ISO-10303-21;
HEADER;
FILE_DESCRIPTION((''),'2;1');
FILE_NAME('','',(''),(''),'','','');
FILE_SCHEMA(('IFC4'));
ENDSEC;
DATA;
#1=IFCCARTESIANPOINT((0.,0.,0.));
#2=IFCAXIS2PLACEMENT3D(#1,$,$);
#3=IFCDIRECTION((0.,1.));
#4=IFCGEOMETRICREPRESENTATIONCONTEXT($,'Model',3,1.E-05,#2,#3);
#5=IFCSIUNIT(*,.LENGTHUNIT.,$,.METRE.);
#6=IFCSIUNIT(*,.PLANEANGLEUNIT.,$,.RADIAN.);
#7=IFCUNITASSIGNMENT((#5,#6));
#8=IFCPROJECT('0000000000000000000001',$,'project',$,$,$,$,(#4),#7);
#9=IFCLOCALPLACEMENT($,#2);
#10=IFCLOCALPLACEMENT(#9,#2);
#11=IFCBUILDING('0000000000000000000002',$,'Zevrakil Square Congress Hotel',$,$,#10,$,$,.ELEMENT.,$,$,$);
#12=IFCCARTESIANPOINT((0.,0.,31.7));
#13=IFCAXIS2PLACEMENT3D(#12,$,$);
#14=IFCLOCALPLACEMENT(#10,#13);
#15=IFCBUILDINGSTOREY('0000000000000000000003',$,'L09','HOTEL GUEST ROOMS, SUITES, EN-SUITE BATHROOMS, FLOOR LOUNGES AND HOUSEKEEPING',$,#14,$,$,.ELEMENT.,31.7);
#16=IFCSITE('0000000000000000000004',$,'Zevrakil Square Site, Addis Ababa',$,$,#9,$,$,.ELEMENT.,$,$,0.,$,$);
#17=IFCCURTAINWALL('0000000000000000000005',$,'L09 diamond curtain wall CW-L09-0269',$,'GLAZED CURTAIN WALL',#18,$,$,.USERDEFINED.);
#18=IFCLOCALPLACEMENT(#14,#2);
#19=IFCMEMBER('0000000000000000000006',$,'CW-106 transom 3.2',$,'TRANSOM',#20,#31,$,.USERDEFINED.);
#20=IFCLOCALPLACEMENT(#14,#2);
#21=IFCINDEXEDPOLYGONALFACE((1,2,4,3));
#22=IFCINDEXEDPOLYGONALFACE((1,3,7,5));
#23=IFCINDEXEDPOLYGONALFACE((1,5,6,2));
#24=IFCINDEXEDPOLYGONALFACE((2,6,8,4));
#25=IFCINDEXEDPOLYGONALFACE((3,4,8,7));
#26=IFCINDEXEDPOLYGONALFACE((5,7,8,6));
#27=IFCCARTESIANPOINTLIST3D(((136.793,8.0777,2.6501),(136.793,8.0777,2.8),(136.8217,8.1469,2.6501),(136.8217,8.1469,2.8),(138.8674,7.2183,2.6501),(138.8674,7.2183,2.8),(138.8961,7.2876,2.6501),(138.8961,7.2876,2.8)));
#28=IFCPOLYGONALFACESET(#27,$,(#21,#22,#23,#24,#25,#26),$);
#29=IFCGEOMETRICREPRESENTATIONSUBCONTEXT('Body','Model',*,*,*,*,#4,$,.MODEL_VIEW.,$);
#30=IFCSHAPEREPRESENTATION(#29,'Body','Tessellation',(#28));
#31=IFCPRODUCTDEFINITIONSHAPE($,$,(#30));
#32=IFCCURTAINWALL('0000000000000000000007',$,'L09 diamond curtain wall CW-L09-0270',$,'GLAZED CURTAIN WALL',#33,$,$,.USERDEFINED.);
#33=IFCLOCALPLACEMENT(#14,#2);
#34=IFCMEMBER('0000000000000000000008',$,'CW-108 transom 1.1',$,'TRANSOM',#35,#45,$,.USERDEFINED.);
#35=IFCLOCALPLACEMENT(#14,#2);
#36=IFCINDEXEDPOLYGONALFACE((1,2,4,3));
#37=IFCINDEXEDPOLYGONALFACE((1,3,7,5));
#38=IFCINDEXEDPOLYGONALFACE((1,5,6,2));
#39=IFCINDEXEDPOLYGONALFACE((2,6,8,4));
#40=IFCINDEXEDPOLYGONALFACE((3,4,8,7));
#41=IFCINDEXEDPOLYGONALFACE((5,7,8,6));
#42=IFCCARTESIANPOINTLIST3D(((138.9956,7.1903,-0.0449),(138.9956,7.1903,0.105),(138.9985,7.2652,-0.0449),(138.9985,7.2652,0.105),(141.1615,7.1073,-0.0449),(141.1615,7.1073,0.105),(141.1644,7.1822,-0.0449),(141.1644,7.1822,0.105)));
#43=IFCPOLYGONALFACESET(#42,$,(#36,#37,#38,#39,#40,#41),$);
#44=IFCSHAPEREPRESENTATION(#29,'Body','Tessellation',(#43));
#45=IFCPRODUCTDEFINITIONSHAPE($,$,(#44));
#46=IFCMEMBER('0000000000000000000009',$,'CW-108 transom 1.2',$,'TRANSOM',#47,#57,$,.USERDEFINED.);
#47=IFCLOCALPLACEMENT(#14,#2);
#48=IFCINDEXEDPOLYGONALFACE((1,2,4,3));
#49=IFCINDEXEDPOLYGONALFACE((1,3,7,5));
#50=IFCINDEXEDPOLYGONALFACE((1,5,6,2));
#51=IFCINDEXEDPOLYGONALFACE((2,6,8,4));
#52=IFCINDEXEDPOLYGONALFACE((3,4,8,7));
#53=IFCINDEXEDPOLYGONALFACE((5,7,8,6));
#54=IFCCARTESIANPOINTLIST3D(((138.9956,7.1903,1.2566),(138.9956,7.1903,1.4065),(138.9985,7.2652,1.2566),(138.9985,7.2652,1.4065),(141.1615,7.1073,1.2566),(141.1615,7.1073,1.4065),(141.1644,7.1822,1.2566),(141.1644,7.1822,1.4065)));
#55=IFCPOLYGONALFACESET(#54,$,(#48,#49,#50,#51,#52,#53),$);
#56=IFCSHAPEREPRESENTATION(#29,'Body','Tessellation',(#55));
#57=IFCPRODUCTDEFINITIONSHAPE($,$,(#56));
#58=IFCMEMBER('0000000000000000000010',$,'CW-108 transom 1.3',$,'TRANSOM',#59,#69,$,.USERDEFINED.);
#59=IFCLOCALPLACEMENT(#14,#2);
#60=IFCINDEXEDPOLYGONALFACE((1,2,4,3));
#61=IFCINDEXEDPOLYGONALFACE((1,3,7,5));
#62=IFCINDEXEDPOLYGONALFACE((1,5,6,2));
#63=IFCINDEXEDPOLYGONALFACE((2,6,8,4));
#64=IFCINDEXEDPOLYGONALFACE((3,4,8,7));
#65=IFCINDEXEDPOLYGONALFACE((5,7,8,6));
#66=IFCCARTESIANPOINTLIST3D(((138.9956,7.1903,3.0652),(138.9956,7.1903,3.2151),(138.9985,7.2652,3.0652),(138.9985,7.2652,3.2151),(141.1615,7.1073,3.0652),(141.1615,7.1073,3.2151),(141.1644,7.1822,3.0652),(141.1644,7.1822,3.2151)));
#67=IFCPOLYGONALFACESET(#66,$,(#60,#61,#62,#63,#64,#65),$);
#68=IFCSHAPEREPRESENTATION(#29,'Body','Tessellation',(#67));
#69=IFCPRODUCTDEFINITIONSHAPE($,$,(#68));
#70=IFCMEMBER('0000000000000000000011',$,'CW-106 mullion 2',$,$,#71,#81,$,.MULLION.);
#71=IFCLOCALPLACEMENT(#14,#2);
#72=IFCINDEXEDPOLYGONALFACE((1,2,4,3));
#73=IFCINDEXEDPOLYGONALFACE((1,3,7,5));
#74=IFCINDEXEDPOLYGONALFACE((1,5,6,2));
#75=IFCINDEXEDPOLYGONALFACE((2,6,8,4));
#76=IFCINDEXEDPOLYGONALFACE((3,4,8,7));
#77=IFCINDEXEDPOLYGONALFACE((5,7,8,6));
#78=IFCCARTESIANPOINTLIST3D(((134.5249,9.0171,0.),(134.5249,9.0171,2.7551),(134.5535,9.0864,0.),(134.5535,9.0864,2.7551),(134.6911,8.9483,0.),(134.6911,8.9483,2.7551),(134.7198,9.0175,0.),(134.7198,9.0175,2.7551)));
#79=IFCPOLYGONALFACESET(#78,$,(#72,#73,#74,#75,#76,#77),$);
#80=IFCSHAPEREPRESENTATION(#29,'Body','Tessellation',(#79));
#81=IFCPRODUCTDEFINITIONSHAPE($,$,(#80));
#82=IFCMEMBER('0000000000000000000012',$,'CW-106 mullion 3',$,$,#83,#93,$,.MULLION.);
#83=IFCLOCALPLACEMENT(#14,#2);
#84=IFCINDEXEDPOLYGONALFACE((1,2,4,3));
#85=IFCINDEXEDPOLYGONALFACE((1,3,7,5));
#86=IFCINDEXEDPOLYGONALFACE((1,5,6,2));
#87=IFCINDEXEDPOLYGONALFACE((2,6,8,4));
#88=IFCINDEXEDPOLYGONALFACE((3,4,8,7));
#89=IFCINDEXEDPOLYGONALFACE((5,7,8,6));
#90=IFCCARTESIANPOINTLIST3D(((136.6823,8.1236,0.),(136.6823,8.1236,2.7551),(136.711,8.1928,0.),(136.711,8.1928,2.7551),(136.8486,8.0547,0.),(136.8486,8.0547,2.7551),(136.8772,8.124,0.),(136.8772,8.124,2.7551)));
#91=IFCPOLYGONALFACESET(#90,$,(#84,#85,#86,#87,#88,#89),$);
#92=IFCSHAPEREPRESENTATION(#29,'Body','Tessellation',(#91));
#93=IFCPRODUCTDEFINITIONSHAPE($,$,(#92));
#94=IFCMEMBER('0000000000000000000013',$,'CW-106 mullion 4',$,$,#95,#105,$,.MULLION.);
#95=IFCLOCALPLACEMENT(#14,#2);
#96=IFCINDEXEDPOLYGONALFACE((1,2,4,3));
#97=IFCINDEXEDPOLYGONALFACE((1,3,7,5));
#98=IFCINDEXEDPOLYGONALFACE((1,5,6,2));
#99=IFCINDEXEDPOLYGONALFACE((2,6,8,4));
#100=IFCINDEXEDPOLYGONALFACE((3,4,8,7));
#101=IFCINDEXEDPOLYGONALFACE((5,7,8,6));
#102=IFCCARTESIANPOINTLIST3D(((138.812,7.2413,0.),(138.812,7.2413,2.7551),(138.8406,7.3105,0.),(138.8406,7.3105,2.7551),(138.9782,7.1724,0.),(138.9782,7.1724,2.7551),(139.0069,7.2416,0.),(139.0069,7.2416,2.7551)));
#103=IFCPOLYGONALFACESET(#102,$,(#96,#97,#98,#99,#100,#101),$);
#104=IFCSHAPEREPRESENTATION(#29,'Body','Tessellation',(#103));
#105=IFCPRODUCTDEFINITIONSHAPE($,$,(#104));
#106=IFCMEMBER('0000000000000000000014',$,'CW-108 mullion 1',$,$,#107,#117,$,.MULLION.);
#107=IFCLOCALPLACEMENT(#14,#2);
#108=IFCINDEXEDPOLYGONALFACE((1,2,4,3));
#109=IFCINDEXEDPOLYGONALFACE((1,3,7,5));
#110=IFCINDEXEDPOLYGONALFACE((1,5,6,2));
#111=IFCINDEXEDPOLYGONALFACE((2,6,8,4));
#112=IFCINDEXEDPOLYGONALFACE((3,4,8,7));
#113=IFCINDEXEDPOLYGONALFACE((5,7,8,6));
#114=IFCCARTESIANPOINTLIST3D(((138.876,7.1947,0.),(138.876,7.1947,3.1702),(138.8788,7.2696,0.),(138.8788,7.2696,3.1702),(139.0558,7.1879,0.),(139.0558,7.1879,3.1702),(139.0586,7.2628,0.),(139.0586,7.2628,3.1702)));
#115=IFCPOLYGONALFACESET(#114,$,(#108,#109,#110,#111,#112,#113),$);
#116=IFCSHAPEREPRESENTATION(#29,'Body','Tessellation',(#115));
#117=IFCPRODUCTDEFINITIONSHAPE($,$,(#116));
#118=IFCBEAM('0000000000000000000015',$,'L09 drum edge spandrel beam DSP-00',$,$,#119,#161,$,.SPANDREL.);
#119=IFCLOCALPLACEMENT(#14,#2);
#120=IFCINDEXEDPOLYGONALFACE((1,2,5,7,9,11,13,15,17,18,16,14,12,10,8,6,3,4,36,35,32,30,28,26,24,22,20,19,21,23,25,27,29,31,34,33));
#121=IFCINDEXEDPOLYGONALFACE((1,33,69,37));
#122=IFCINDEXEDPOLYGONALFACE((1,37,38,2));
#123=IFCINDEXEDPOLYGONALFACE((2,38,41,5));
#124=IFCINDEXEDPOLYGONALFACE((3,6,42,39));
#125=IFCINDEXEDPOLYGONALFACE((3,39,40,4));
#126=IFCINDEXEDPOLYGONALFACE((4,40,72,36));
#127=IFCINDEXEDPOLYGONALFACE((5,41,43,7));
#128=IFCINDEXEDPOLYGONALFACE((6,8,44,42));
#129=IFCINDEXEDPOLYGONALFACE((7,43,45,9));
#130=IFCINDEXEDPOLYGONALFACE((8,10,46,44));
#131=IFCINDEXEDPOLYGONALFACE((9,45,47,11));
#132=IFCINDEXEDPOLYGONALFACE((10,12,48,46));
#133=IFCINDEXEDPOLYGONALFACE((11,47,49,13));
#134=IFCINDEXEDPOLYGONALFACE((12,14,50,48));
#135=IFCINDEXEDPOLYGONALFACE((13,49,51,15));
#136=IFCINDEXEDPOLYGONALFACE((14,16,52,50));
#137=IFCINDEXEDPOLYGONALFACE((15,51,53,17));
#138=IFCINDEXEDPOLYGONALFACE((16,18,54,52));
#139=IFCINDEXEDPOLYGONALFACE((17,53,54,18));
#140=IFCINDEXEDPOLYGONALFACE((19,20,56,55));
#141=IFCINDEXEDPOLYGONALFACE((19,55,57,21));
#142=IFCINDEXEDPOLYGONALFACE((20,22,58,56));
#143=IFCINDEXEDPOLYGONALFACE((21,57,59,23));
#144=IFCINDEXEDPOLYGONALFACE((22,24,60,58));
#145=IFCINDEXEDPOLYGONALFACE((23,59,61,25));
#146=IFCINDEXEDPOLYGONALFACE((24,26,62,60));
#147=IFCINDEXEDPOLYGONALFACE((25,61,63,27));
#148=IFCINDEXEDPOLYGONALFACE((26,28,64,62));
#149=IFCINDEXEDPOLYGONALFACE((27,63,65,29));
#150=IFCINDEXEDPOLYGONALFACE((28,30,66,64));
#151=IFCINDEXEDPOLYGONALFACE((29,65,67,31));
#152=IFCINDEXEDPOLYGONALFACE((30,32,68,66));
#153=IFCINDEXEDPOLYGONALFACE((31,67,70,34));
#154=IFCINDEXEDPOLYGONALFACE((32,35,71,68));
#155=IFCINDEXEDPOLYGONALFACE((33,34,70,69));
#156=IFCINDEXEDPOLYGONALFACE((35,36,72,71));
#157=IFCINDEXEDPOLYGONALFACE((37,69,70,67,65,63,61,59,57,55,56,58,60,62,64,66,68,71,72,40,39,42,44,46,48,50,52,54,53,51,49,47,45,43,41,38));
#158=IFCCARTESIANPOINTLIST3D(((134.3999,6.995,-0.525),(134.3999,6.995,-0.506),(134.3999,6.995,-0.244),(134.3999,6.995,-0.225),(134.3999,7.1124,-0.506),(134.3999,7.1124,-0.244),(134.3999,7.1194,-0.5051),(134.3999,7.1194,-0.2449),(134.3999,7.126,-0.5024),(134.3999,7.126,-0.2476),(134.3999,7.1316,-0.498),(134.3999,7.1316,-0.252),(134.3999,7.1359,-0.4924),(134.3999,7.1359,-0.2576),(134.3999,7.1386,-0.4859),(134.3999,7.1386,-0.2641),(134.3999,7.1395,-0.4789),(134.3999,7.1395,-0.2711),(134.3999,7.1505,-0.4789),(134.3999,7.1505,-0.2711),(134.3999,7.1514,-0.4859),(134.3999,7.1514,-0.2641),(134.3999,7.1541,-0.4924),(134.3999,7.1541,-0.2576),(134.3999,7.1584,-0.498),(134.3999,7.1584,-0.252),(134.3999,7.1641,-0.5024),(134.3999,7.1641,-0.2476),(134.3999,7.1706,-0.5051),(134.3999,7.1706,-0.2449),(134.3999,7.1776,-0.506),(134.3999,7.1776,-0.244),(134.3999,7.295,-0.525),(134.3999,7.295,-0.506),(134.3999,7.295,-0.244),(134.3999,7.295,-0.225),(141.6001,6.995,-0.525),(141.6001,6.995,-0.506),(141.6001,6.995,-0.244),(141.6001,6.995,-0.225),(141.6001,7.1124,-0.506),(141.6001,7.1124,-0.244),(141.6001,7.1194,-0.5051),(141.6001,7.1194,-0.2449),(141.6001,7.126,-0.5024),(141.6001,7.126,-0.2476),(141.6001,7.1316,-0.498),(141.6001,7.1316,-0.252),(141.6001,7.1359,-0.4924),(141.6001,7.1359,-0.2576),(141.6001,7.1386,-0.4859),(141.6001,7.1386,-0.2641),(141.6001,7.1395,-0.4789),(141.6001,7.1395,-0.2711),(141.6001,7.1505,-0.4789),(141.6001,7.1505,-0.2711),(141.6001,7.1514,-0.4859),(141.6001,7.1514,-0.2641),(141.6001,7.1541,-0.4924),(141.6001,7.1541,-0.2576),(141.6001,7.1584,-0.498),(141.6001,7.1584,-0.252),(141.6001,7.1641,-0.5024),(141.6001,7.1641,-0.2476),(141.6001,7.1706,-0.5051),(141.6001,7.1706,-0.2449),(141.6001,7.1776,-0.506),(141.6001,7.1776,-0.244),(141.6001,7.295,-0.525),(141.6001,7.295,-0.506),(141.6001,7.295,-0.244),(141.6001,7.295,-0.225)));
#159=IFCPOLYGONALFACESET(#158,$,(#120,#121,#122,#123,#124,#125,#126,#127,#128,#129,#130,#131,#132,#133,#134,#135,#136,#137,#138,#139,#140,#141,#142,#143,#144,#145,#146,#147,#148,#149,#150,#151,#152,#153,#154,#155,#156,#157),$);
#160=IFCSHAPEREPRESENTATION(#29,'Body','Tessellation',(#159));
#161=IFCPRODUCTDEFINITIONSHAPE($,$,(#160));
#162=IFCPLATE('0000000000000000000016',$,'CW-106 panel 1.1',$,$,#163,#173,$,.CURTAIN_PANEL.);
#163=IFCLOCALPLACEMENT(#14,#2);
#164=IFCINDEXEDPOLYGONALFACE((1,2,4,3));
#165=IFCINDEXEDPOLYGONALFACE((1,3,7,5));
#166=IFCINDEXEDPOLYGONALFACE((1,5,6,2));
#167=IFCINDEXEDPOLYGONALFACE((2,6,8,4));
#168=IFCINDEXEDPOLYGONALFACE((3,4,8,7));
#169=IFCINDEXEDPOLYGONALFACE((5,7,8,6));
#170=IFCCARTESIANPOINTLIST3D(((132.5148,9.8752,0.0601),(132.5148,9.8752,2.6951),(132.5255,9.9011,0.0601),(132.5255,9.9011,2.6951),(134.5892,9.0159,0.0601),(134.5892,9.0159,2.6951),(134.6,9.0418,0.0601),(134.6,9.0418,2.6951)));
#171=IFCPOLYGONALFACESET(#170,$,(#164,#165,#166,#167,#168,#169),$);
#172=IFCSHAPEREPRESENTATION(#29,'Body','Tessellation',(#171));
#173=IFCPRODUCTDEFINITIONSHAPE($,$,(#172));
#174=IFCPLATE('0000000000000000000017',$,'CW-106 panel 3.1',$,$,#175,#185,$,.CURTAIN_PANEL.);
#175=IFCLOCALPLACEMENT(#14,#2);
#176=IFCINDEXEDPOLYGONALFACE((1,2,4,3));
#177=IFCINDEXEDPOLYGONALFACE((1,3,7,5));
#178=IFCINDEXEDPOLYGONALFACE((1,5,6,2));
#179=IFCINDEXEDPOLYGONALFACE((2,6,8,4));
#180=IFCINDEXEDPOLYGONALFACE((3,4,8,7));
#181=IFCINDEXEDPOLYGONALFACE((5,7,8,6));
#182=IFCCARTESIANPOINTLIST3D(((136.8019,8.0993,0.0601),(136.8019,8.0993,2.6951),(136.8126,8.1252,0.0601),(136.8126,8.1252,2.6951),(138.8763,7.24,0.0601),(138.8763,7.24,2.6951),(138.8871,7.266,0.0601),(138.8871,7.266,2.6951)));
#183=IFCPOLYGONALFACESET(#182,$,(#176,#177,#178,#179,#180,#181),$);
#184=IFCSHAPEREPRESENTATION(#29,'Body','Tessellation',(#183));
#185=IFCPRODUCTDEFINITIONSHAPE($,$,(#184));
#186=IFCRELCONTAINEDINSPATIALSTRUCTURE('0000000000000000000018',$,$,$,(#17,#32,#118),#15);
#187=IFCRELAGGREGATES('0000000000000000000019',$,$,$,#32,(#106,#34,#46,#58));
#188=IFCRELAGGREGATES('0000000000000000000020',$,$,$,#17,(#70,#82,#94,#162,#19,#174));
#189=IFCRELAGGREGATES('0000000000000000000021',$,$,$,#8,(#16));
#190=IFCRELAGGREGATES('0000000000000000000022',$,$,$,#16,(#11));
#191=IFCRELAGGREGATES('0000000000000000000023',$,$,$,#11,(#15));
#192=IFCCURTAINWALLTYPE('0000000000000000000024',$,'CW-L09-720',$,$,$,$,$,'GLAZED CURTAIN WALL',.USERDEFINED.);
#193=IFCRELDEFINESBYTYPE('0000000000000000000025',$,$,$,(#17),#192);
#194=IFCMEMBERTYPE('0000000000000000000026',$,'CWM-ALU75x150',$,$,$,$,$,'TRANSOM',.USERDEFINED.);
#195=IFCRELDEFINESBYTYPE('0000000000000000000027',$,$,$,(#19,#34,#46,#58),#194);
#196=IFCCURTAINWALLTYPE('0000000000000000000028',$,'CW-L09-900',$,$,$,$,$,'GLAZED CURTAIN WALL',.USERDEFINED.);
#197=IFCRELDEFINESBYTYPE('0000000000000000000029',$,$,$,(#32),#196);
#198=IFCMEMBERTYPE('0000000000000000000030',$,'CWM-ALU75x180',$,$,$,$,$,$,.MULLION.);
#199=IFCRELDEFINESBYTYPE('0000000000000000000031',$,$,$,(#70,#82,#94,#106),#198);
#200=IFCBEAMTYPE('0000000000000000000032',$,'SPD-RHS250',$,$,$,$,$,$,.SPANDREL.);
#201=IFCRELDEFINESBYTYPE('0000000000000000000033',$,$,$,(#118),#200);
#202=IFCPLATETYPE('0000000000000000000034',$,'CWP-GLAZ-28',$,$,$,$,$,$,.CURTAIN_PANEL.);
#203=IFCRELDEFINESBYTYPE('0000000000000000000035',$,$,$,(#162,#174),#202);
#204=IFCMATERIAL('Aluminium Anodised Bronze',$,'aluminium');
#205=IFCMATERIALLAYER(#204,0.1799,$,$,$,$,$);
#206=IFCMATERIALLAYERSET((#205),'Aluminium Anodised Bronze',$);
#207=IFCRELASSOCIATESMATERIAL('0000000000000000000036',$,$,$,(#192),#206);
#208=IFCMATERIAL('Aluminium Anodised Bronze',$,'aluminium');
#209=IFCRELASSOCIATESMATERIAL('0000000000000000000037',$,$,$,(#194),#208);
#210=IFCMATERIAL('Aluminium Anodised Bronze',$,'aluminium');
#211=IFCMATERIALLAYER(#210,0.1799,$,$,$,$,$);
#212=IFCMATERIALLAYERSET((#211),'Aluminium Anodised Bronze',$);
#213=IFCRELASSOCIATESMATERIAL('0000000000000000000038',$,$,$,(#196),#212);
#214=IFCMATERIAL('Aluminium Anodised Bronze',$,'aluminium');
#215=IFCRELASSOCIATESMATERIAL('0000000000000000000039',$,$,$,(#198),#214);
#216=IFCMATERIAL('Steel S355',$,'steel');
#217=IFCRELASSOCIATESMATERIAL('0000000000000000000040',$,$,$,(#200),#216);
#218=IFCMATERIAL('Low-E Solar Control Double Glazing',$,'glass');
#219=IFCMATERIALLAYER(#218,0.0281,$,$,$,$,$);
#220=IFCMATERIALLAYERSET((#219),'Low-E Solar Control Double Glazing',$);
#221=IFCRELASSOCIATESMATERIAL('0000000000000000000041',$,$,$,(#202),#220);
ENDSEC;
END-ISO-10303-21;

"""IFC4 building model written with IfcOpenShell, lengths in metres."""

from ifc_helpers import new_model, si_unit, direction, frame, origin, origin_2d, place, context, subcontext, project, spatial, rectangle, i_section, extrude, material, layer, layer_set, material_profile, profile_set, type_object, element, aggregate, save


model = new_model("IFC4")

# Units and contexts
model_context = context("Model", 3, precision=1e-05, world=origin(), true_north=direction((0.0, 1.0)))
body_context = subcontext(model_context, "Body", "Model", "MODEL_VIEW")
ifc_project = project(units=[si_unit("LENGTHUNIT", "METRE"), si_unit("PLANEANGLEUNIT", "RADIAN")], contexts=[model_context])

# Site, building, storey
site_placement = place(None, origin())
site = spatial("IfcSite", under=ifc_project, at=site_placement, Name="Zevrakil Square Site, Addis Ababa", CompositionType="ELEMENT", RefElevation=0.0)
building_placement = place(site_placement, origin())
building = spatial("IfcBuilding", under=site, at=building_placement, Name="Zevrakil Square Congress Hotel", CompositionType="ELEMENT")
storey_placement = place(building_placement, frame((0.0, 0.0, 31.7)))
storey = spatial("IfcBuildingStorey", under=building, at=storey_placement, Name="L09", Description="HOTEL GUEST ROOMS, SUITES, EN-SUITE BATHROOMS, FLOOR LOUNGES AND HOUSEKEEPING", CompositionType="ELEMENT", Elevation=31.7)

# Curtain walls, members
ifc_material_1 = material(Name="Aluminium Anodised Bronze", Category="aluminium")
ifc_layer_1 = layer(ifc_material_1, 0.1799)
ifc_layer_set_1 = layer_set([ifc_layer_1], Name="Aluminium Anodised Bronze")
curtain_wall_type_1 = type_object("IfcCurtainWallType", Name="CW-L09-720", ElementType="GLAZED CURTAIN WALL", PredefinedType="USERDEFINED", material=ifc_layer_set_1)
curtain_wall_1_placement = place(storey_placement, origin())
curtain_wall_1 = element("IfcCurtainWall", 1, at=curtain_wall_1_placement, inside=storey, type_object=curtain_wall_type_1, Name="L09 diamond curtain wall CW-L09-0269", ObjectType="GLAZED CURTAIN WALL", PredefinedType="USERDEFINED")
ifc_material_2 = material(Name="Aluminium Anodised Bronze", Category="aluminium")
ifc_material_profile_1 = material_profile(ifc_material_2, rectangle(XDim=0.075, YDim=0.1499, at=origin_2d()), Name="ALU 75x150")
ifc_profile_set_1 = profile_set([ifc_material_profile_1], Name="Aluminium Anodised Bronze")
member_type_1 = type_object("IfcMemberType", Name="CWM-ALU75x150", ElementType="TRANSOM", PredefinedType="USERDEFINED", material=ifc_profile_set_1)
member_1_placement = place(storey_placement, frame((136.8074, 8.1123, 2.7251), z_axis=(0.923863, -0.382723, 0.0), x_axis=(0.382723, 0.923863, 0.0)))
member_1 = element("IfcMember", 2, at=member_1_placement, type_object=member_type_1, Name="CW-106 transom 3.2", ObjectType="TRANSOM", PredefinedType="USERDEFINED", context=body_context, shape_type="SweptSolid", body=[
    extrude(rectangle(XDim=0.075, YDim=0.1499, at=origin_2d()), origin(), (0.0, 0.0, 1.0), 2.2454),
])
ifc_material_3 = material(Name="Aluminium Anodised Bronze", Category="aluminium")
ifc_layer_2 = layer(ifc_material_3, 0.1799)
ifc_layer_set_2 = layer_set([ifc_layer_2], Name="Aluminium Anodised Bronze")
curtain_wall_type_2 = type_object("IfcCurtainWallType", Name="CW-L09-900", ElementType="GLAZED CURTAIN WALL", PredefinedType="USERDEFINED", material=ifc_layer_set_2)
curtain_wall_2_placement = place(storey_placement, origin())
curtain_wall_2 = element("IfcCurtainWall", 3, at=curtain_wall_2_placement, inside=storey, type_object=curtain_wall_type_2, Name="L09 diamond curtain wall CW-L09-0270", ObjectType="GLAZED CURTAIN WALL", PredefinedType="USERDEFINED")
member_2_placement = place(storey_placement, frame((138.9971, 7.2278, 0.03), z_axis=(0.999266, -0.038299, 0.0), x_axis=(0.038299, 0.999266, 0.0)))
member_2 = element("IfcMember", 4, at=member_2_placement, type_object=member_type_1, Name="CW-108 transom 1.1", ObjectType="TRANSOM", PredefinedType="USERDEFINED", context=body_context, shape_type="SweptSolid", body=[
    extrude(rectangle(XDim=0.075, YDim=0.1499, at=origin_2d()), origin(), (0.0, 0.0, 1.0), 2.1675),
])
member_3_placement = place(storey_placement, frame((138.9971, 7.2278, 1.3315), z_axis=(0.999266, -0.038299, 0.0), x_axis=(0.038299, 0.999266, 0.0)))
member_3 = element("IfcMember", 5, at=member_3_placement, type_object=member_type_1, Name="CW-108 transom 1.2", ObjectType="TRANSOM", PredefinedType="USERDEFINED", context=body_context, shape_type="SweptSolid", body=[
    extrude(rectangle(XDim=0.075, YDim=0.1499, at=origin_2d()), origin(), (0.0, 0.0, 1.0), 2.1675),
])
member_4_placement = place(storey_placement, frame((138.9971, 7.2278, 3.1401), z_axis=(0.999266, -0.038299, 0.0), x_axis=(0.038299, 0.999266, 0.0)))
member_4 = element("IfcMember", 6, at=member_4_placement, type_object=member_type_1, Name="CW-108 transom 1.3", ObjectType="TRANSOM", PredefinedType="USERDEFINED", context=body_context, shape_type="SweptSolid", body=[
    extrude(rectangle(XDim=0.075, YDim=0.1499, at=origin_2d()), origin(), (0.0, 0.0, 1.0), 2.1675),
])

# Members
ifc_material_4 = material(Name="Aluminium Anodised Bronze", Category="aluminium")
ifc_material_profile_2 = material_profile(ifc_material_4, rectangle(XDim=0.075, YDim=0.1799, at=origin_2d()), Name="ALU 75x180")
ifc_profile_set_2 = profile_set([ifc_material_profile_2], Name="Aluminium Anodised Bronze")
member_type_2 = type_object("IfcMemberType", Name="CWM-ALU75x180", PredefinedType="MULLION", material=ifc_profile_set_2)
member_5_placement = place(storey_placement, frame((134.6223, 9.0173, 0.0), z_axis=(0.0, 0.0, 1.0), x_axis=(0.382684, 0.923879, 0.0)))
member_5 = element("IfcMember", 7, at=member_5_placement, type_object=member_type_2, Name="CW-106 mullion 2", PredefinedType="MULLION", context=body_context, shape_type="SweptSolid", body=[
    extrude(rectangle(XDim=0.075, YDim=0.1799, at=origin_2d()), origin(), (0.0, 0.0, 1.0), 2.7551),
])
member_6_placement = place(storey_placement, frame((136.7798, 8.1238, 0.0), z_axis=(0.0, 0.0, 1.0), x_axis=(0.382684, 0.923879, 0.0)))
member_6 = element("IfcMember", 8, at=member_6_placement, type_object=member_type_2, Name="CW-106 mullion 3", PredefinedType="MULLION", context=body_context, shape_type="SweptSolid", body=[
    extrude(rectangle(XDim=0.075, YDim=0.1799, at=origin_2d()), origin(), (0.0, 0.0, 1.0), 2.7551),
])
member_7_placement = place(storey_placement, frame((138.9094, 7.2415, 0.0), z_axis=(0.0, 0.0, 1.0), x_axis=(0.382684, 0.923879, 0.0)))
member_7 = element("IfcMember", 9, at=member_7_placement, type_object=member_type_2, Name="CW-106 mullion 4", PredefinedType="MULLION", context=body_context, shape_type="SweptSolid", body=[
    extrude(rectangle(XDim=0.075, YDim=0.1799, at=origin_2d()), origin(), (0.0, 0.0, 1.0), 2.7551),
])
member_8_placement = place(storey_placement, frame((138.9673, 7.2288, 0.0), z_axis=(0.0, 0.0, 1.0), x_axis=(0.038209, 0.99927, 0.0)))
member_8 = element("IfcMember", 10, at=member_8_placement, type_object=member_type_2, Name="CW-108 mullion 1", PredefinedType="MULLION", context=body_context, shape_type="SweptSolid", body=[
    extrude(rectangle(XDim=0.075, YDim=0.1799, at=origin_2d()), origin(), (0.0, 0.0, 1.0), 3.1702),
])
aggregate(curtain_wall_2, [member_8, member_2, member_3, member_4])

# Beam
ifc_material_5 = material(Name="Steel S355", Category="steel")
ifc_material_profile_3 = material_profile(ifc_material_5, i_section(OverallWidth=0.3, OverallDepth=0.3, WebThickness=0.011, FlangeThickness=0.019, FilletRadius=0.0271, at=origin_2d()), Name="HEB 300")
ifc_profile_set_3 = profile_set([ifc_material_profile_3], Name="Steel S355")
beam_type_1 = type_object("IfcBeamType", Name="SPD-RHS250", PredefinedType="SPANDREL", material=ifc_profile_set_3)
beam_1_placement = place(storey_placement, frame((134.3999, 7.145, -0.375), z_axis=(1.0, 0.0, 0.0), x_axis=(0.0, 1.0, 0.0)))
element("IfcBeam", 11, at=beam_1_placement, inside=storey, type_object=beam_type_1, Name="L09 drum edge spandrel beam DSP-00", PredefinedType="SPANDREL", context=body_context, shape_type="SweptSolid", body=[
    extrude(i_section(OverallWidth=0.3, OverallDepth=0.3, WebThickness=0.011, FlangeThickness=0.019, FilletRadius=0.0271, at=origin_2d()), origin(), (0.0, 0.0, 1.0), 7.2002),
])

# Plates
ifc_material_6 = material(Name="Low-E Solar Control Double Glazing", Category="glass")
ifc_layer_3 = layer(ifc_material_6, 0.0281)
ifc_layer_set_3 = layer_set([ifc_layer_3], Name="Low-E Solar Control Double Glazing")
plate_type_1 = type_object("IfcPlateType", Name="CWP-GLAZ-28", PredefinedType="CURTAIN_PANEL", material=ifc_layer_set_3)
plate_1_placement = place(storey_placement, frame((133.5574, 9.4585, 0.0601), z_axis=(0.0, 0.0, 1.0), x_axis=(0.923879, -0.382684, 0.0)))
plate_1 = element("IfcPlate", 12, at=plate_1_placement, type_object=plate_type_1, Name="CW-106 panel 1.1", PredefinedType="CURTAIN_PANEL", context=body_context, shape_type="SweptSolid", body=[
    extrude(rectangle(XDim=2.2454, YDim=0.0281, at=origin_2d()), origin(), (0.0, 0.0, 1.0), 2.635),
])
plate_2_placement = place(storey_placement, frame((137.8445, 7.6826, 0.0601), z_axis=(0.0, 0.0, 1.0), x_axis=(0.923879, -0.382684, 0.0)))
plate_2 = element("IfcPlate", 13, at=plate_2_placement, type_object=plate_type_1, Name="CW-106 panel 3.1", PredefinedType="CURTAIN_PANEL", context=body_context, shape_type="SweptSolid", body=[
    extrude(rectangle(XDim=2.2454, YDim=0.0281, at=origin_2d()), origin(), (0.0, 0.0, 1.0), 2.635),
])
aggregate(curtain_wall_1, [member_5, member_6, member_7, plate_1, member_1, plate_2])

save(model, "model.ifc")
